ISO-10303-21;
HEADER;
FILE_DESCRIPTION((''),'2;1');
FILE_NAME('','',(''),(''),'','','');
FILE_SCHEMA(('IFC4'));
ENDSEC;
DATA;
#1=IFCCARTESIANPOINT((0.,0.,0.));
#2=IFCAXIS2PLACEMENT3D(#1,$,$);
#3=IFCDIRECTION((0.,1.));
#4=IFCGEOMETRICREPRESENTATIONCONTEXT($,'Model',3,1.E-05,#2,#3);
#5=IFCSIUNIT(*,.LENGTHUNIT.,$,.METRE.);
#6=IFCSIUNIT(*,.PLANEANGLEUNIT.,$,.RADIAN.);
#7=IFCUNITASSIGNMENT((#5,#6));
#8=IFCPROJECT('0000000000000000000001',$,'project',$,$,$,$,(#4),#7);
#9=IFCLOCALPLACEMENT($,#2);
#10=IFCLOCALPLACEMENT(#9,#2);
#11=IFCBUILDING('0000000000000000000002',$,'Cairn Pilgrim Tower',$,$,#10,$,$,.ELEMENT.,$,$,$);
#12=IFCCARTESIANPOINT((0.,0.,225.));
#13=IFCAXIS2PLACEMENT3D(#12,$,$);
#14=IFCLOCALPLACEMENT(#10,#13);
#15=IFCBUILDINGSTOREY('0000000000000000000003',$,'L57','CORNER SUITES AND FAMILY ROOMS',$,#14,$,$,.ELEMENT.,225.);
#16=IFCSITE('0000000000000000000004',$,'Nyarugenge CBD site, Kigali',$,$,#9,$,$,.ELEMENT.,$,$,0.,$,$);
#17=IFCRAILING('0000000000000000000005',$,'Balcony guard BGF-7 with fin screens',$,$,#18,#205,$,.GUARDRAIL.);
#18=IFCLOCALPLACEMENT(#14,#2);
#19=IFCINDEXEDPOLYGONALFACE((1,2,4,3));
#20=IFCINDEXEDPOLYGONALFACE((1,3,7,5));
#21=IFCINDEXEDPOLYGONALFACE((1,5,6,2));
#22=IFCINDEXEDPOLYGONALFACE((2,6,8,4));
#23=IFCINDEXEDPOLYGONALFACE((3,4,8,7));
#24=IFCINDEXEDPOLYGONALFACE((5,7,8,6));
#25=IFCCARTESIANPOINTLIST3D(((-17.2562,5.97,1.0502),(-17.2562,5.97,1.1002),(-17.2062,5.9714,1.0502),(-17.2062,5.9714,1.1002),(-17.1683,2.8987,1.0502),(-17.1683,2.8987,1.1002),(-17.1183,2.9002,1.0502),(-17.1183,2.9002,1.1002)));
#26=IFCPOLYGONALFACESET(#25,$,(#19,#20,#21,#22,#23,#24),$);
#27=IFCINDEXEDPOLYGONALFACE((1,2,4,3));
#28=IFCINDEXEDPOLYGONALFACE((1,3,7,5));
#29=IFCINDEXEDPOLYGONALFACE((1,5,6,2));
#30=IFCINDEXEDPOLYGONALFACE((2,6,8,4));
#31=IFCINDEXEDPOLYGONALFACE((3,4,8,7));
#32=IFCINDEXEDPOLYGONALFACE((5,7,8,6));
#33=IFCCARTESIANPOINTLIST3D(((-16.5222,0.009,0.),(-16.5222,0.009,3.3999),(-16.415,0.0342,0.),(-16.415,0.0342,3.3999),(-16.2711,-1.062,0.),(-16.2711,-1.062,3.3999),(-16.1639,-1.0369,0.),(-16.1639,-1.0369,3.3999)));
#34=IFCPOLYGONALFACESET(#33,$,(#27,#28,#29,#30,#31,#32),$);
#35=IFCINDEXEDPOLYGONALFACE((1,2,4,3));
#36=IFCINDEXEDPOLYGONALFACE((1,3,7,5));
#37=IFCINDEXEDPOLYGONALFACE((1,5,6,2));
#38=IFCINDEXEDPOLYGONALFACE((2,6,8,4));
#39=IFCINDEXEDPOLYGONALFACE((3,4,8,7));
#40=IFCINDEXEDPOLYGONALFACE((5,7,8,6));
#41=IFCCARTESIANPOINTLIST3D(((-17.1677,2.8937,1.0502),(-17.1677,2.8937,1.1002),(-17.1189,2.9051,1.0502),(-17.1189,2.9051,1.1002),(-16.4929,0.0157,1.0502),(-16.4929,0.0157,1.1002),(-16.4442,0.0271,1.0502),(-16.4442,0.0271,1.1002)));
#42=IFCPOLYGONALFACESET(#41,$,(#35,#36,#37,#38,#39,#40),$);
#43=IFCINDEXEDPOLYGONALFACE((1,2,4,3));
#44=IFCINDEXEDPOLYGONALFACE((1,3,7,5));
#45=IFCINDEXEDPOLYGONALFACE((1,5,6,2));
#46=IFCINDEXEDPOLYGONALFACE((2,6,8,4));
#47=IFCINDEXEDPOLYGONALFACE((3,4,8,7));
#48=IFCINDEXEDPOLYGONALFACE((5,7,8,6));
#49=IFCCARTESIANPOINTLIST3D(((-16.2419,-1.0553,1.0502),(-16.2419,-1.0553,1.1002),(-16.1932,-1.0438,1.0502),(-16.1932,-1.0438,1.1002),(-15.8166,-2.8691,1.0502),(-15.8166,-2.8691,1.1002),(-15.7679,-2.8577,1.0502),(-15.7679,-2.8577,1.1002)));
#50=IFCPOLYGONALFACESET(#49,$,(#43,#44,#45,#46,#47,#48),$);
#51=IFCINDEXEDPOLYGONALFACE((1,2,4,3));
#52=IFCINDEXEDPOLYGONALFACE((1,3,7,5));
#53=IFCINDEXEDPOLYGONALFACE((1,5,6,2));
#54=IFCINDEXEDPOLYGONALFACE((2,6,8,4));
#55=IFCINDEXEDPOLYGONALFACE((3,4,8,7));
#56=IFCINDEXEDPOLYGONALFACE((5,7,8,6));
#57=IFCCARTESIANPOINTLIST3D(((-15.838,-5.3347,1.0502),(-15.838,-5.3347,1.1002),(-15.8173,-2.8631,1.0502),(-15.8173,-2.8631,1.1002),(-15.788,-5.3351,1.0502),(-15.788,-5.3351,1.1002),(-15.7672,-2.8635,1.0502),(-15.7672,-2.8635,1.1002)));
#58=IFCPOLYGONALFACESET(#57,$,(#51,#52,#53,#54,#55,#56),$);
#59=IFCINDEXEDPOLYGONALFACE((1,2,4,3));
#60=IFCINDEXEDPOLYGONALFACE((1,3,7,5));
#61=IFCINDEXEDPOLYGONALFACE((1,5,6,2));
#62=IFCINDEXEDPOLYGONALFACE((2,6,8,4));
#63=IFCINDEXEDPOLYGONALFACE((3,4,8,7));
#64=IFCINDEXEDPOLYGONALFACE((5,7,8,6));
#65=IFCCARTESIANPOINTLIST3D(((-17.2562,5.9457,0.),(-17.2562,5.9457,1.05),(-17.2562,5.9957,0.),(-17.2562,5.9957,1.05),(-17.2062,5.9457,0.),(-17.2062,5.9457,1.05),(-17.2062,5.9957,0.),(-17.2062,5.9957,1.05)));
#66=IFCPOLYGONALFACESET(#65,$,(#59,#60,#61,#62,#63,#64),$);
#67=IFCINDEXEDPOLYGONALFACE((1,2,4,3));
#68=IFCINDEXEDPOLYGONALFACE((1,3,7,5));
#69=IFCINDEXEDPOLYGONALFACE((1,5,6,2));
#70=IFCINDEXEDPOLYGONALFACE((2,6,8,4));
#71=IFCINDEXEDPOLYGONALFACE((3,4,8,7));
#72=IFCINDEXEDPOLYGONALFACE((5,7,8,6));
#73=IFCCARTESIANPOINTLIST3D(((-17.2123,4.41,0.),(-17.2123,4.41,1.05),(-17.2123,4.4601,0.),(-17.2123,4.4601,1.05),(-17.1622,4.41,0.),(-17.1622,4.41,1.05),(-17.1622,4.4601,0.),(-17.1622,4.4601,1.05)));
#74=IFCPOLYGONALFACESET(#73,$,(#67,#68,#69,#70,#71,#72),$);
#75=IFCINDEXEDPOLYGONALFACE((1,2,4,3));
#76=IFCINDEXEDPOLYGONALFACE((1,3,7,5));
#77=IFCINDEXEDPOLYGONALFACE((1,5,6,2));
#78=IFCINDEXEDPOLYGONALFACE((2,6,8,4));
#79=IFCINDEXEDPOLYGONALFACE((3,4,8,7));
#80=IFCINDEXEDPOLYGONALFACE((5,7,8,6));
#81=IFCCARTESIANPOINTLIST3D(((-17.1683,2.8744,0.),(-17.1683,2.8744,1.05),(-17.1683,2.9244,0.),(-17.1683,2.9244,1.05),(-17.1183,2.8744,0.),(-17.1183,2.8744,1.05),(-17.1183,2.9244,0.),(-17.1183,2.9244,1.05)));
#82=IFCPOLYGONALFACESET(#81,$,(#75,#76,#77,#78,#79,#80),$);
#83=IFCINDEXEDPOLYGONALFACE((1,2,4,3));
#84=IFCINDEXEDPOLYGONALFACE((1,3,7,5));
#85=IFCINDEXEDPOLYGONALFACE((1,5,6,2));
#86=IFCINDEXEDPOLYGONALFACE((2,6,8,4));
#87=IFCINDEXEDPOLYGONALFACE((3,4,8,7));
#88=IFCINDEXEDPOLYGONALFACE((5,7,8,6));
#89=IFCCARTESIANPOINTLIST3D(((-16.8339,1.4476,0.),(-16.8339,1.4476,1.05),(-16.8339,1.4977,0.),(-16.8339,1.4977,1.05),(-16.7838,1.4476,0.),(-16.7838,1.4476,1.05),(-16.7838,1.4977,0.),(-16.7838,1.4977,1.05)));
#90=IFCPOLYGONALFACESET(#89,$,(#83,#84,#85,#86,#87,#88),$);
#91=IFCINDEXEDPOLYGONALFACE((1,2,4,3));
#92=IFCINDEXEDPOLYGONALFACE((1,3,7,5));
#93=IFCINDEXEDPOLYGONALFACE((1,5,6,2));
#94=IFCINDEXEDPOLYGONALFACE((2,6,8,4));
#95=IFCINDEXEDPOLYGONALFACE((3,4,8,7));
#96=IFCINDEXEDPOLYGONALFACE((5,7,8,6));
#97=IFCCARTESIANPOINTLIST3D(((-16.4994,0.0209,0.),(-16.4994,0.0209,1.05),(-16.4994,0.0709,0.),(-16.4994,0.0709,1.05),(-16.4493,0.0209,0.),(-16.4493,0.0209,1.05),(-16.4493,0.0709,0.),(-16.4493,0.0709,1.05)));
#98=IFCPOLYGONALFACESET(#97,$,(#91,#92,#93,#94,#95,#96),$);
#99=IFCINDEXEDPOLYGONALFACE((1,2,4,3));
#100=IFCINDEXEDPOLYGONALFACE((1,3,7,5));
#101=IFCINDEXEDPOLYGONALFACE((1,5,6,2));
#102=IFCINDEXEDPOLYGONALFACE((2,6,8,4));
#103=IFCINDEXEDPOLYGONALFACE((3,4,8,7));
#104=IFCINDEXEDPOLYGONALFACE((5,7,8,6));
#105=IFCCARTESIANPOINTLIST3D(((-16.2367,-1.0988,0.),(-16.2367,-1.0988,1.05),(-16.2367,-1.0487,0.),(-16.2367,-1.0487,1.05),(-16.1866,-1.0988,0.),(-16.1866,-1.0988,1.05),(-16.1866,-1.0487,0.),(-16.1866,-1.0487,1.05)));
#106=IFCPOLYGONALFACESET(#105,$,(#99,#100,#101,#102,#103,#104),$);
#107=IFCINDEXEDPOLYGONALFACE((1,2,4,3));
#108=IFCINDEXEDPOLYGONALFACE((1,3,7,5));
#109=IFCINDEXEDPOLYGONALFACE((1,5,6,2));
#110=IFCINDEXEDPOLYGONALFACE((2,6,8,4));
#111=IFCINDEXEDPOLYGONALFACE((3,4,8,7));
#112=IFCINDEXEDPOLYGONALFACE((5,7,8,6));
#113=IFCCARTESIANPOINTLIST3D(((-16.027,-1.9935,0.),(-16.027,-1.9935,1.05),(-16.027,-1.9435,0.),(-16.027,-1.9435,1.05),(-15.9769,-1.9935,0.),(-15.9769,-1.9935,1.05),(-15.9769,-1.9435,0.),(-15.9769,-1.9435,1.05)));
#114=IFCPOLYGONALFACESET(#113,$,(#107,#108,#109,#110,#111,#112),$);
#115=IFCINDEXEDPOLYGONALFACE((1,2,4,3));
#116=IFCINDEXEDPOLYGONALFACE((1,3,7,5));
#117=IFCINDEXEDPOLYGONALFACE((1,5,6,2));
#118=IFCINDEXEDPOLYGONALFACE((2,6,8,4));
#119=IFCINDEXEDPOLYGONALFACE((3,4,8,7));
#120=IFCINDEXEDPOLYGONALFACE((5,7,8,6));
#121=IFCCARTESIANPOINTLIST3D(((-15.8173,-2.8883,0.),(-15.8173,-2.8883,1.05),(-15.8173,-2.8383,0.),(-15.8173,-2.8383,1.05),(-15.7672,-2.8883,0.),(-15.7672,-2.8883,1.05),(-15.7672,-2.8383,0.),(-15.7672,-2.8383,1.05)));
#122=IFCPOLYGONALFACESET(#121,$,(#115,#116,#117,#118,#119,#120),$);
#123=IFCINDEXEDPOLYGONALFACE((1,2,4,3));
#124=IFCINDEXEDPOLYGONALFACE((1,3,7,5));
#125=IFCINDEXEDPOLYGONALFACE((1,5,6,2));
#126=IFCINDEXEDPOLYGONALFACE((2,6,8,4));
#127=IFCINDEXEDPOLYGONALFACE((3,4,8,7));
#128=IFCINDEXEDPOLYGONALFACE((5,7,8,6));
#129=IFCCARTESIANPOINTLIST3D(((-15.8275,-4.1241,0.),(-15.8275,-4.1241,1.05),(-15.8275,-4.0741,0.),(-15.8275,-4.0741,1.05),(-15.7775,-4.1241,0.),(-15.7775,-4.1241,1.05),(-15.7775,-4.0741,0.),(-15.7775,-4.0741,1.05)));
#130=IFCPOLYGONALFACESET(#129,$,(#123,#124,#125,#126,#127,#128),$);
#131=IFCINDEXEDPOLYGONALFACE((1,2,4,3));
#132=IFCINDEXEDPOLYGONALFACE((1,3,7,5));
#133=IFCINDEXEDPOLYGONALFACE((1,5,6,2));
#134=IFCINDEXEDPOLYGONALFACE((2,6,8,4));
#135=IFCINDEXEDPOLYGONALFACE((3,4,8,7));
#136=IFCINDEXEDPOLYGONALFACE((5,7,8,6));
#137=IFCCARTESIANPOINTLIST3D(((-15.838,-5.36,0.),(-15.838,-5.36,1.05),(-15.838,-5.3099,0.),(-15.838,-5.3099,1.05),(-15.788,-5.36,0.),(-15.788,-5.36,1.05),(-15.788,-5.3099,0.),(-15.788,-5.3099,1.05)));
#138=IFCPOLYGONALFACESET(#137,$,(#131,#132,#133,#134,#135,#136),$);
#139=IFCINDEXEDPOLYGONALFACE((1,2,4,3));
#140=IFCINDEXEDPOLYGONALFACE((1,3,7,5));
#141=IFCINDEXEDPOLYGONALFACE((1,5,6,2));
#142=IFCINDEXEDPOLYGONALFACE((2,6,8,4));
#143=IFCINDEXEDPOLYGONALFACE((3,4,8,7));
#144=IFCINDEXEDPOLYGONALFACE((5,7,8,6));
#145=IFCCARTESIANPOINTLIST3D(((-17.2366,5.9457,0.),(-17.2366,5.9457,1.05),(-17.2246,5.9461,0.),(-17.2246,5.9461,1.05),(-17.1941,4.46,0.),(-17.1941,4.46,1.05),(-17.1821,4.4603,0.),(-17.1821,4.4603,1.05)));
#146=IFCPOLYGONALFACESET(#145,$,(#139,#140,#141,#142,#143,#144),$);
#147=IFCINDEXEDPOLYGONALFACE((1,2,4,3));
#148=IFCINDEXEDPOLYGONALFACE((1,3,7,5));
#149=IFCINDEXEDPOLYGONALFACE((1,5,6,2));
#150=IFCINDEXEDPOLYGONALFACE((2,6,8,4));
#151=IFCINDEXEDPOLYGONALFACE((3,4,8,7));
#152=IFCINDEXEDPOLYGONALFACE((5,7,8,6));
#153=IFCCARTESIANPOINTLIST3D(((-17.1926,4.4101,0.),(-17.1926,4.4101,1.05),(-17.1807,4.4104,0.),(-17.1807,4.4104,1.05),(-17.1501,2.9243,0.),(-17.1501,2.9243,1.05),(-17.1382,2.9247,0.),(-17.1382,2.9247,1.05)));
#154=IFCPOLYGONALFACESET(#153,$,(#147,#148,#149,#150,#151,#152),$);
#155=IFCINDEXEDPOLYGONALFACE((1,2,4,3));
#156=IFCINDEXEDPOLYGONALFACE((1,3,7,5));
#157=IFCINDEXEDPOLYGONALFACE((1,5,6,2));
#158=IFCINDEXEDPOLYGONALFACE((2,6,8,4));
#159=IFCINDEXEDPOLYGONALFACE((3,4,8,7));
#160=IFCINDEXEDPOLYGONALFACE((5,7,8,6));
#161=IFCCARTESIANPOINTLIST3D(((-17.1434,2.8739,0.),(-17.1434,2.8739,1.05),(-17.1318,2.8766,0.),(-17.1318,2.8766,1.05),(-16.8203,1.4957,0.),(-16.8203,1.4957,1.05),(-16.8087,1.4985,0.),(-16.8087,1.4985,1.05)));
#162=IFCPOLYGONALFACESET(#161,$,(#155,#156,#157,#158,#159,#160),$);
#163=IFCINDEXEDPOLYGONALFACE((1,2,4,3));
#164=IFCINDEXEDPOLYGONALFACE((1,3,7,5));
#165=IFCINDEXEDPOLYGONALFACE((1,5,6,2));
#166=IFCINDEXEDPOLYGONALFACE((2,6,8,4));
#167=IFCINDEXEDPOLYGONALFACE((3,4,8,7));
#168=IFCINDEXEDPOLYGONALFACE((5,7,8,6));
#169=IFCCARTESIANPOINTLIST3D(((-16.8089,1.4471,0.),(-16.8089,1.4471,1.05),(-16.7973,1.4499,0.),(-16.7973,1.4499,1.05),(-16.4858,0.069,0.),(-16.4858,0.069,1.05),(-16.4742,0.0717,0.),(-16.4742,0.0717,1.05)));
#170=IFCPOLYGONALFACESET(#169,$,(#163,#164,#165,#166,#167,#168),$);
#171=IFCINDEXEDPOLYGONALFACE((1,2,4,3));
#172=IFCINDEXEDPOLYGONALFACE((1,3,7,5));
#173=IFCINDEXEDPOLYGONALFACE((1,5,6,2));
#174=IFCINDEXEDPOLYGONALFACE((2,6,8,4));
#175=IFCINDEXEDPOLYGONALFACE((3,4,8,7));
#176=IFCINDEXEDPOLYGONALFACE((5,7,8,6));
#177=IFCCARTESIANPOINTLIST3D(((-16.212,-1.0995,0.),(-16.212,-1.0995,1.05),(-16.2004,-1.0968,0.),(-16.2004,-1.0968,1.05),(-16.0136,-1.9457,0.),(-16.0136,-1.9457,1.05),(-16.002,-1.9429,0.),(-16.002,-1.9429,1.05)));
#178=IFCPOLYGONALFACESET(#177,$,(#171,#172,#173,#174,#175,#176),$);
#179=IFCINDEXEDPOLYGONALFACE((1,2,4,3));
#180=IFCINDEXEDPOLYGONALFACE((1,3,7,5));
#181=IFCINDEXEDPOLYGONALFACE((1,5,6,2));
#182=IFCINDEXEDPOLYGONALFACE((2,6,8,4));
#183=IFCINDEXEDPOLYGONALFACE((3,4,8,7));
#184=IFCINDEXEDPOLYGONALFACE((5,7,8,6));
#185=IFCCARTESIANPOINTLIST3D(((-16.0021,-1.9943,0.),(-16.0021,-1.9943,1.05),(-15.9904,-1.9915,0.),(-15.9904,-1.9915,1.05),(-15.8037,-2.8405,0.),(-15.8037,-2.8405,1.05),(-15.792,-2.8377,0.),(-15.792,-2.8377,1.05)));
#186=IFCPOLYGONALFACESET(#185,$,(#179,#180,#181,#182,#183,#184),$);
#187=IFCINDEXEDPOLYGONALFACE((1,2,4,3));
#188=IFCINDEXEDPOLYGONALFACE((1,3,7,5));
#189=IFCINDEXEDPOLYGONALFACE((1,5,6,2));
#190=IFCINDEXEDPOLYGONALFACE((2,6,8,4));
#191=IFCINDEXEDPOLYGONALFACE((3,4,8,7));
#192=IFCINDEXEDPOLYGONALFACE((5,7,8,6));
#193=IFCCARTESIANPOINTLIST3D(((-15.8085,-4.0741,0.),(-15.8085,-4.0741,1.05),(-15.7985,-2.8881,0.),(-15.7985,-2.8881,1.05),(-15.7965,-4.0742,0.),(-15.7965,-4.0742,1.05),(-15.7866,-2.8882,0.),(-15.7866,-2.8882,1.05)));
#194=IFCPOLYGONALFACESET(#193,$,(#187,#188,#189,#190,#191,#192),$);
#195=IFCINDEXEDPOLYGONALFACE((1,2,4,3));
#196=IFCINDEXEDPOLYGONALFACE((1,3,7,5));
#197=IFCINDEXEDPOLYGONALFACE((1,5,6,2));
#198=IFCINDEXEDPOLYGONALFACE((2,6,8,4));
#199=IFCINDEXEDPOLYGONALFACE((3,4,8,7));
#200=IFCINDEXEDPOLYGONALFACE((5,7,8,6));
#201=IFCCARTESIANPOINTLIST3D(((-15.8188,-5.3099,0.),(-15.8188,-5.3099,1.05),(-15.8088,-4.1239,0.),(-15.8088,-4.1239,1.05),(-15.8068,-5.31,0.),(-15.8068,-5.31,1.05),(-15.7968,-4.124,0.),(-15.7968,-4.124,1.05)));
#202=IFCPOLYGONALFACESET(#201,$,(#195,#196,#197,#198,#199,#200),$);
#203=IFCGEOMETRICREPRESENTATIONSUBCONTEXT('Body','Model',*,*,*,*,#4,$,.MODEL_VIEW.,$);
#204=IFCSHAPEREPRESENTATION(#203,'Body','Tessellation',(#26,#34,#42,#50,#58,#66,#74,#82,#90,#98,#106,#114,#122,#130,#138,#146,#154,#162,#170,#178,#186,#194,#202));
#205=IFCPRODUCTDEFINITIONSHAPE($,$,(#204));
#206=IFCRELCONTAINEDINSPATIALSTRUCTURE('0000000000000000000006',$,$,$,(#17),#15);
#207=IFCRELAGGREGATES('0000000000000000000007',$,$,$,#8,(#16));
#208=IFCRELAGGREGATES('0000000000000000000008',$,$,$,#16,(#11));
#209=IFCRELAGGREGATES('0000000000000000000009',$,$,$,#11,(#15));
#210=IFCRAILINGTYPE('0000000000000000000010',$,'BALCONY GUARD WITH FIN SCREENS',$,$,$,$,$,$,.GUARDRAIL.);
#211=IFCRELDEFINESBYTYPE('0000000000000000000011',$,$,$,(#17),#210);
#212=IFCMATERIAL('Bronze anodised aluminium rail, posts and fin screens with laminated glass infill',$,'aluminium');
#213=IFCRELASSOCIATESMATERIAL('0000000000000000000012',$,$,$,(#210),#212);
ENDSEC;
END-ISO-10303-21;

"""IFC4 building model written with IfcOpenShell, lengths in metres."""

from ifc_helpers import new_model, si_unit, direction, frame, origin, origin_2d, place, context, subcontext, project, spatial, polyline, rectangle, outline, extrude, material, type_object, element, save


model = new_model("IFC4")

# Units and contexts
model_context = context("Model", 3, precision=1e-05, world=origin(), true_north=direction((0.0, 1.0)))
body_context = subcontext(model_context, "Body", "Model", "MODEL_VIEW")
ifc_project = project(units=[si_unit("LENGTHUNIT", "METRE"), si_unit("PLANEANGLEUNIT", "RADIAN")], contexts=[model_context])

# Site, building, storey
site_placement = place(None, origin())
site = spatial("IfcSite", under=ifc_project, at=site_placement, Name="Nyarugenge CBD site, Kigali", CompositionType="ELEMENT", RefElevation=0.0)
building_placement = place(site_placement, origin())
building = spatial("IfcBuilding", under=site, at=building_placement, Name="Cairn Pilgrim Tower", CompositionType="ELEMENT")
storey_placement = place(building_placement, frame((0.0, 0.0, 225.0)))
storey = spatial("IfcBuildingStorey", under=building, at=storey_placement, Name="L57", Description="CORNER SUITES AND FAMILY ROOMS", CompositionType="ELEMENT", Elevation=225.0)

# Railing
ifc_material_1 = material(Name="Bronze anodised aluminium rail, posts and fin screens with laminated glass infill", Category="aluminium")
railing_type = type_object("IfcRailingType", Name="BALCONY GUARD WITH FIN SCREENS", PredefinedType="GUARDRAIL", material=ifc_material_1)
railing_placement = place(storey_placement, frame((-17.2312, 5.9707, 0.0)))
element("IfcRailing", 1, at=railing_placement, inside=storey, type_object=railing_type, Name="Balcony guard BGF-7 with fin screens", PredefinedType="GUARDRAIL", context=body_context, shape_type="SweptSolid", body=[
    extrude(rectangle(XDim=0.05, YDim=0.05, at=origin_2d()), frame((0.0, 0.0, 1.0752), z_axis=(0.028605, -0.999591, 0.0), x_axis=(0.999591, 0.028605, 0.0)), (0.0, 0.0, 1.0), 3.0725),
    extrude(rectangle(XDim=1.1001, YDim=0.1101, at=origin_2d()), frame((0.8882, -6.4846, 0.0), z_axis=(0.0, 0.0, 1.0), x_axis=(0.228262, -0.9736, 0.0)), (0.0, 0.0, 1.0), 3.3999),
    extrude(rectangle(XDim=0.05, YDim=0.05, at=origin_2d()), frame((0.0879, -3.0713, 1.0752), z_axis=(0.228262, -0.9736, 0.0), x_axis=(0.9736, 0.228262, 0.0)), (0.0, 0.0, 1.0), 2.9561),
    extrude(rectangle(XDim=0.05, YDim=0.05, at=origin_2d()), frame((1.0137, -7.0203, 1.0752), z_axis=(0.228262, -0.9736, 0.0), x_axis=(0.9736, 0.228262, 0.0)), (0.0, 0.0, 1.0), 1.863),
    extrude(rectangle(XDim=0.05, YDim=0.05, at=origin_2d()), frame((1.439, -8.834, 1.0752), z_axis=(-0.008396, -0.999965, 0.0), x_axis=(0.999965, -0.008396, 0.0)), (0.0, 0.0, 1.0), 2.4717),
    extrude(rectangle(XDim=0.05, YDim=0.05, at=origin_2d()), origin(), (0.0, 0.0, 1.0), 1.05),
    extrude(rectangle(XDim=0.05, YDim=0.05, at=origin_2d()), frame((0.0439, -1.5356, 0.0)), (0.0, 0.0, 1.0), 1.05),
    extrude(rectangle(XDim=0.05, YDim=0.05, at=origin_2d()), frame((0.0879, -3.0713, 0.0)), (0.0, 0.0, 1.0), 1.05),
    extrude(rectangle(XDim=0.05, YDim=0.05, at=origin_2d()), frame((0.4224, -4.498, 0.0)), (0.0, 0.0, 1.0), 1.05),
    extrude(rectangle(XDim=0.05, YDim=0.05, at=origin_2d()), frame((0.7568, -5.9248, 0.0)), (0.0, 0.0, 1.0), 1.05),
    extrude(rectangle(XDim=0.05, YDim=0.05, at=origin_2d()), frame((1.0195, -7.0444, 0.0)), (0.0, 0.0, 1.0), 1.05),
    extrude(rectangle(XDim=0.05, YDim=0.05, at=origin_2d()), frame((1.2292, -7.9392, 0.0)), (0.0, 0.0, 1.0), 1.05),
    extrude(rectangle(XDim=0.05, YDim=0.05, at=origin_2d()), frame((1.439, -8.834, 0.0)), (0.0, 0.0, 1.0), 1.05),
    extrude(rectangle(XDim=0.05, YDim=0.05, at=origin_2d()), frame((1.4287, -10.0698, 0.0)), (0.0, 0.0, 1.0), 1.05),
    extrude(rectangle(XDim=0.05, YDim=0.05, at=origin_2d()), frame((1.4182, -11.3057, 0.0)), (0.0, 0.0, 1.0), 1.05),
    extrude(outline(polyline([(0.0249, 0.0), (1.5112, 0.0), (1.5112, 1.05), (0.0249, 1.05), (0.0249, 0.0)])), frame((0.0059, 0.0002, 0.0), z_axis=(-0.999591, -0.028605, 0.0), x_axis=(0.028605, -0.999591, 0.0)), (0.0, 0.0, 1.0), 0.012),
    extrude(outline(polyline([(0.0249, 0.0), (1.5112, 0.0), (1.5112, 1.05), (0.0249, 1.05), (0.0249, 0.0)])), frame((0.0498, -1.5354, 0.0), z_axis=(-0.999591, -0.028605, 0.0), x_axis=(0.028605, -0.999591, 0.0)), (0.0, 0.0, 1.0), 0.012),
    extrude(outline(polyline([(0.0249, 0.0), (1.4404, 0.0), (1.4404, 1.05), (0.0249, 1.05), (0.0249, 0.0)])), frame((0.0938, -3.0698, 0.0), z_axis=(-0.9736, -0.228262, 0.0), x_axis=(0.228262, -0.9736, 0.0)), (0.0, 0.0, 1.0), 0.012),
    extrude(outline(polyline([(0.0249, 0.0), (1.4404, 0.0), (1.4404, 1.05), (0.0249, 1.05), (0.0249, 0.0)])), frame((0.4282, -4.4966, 0.0), z_axis=(-0.9736, -0.228262, 0.0), x_axis=(0.228262, -0.9736, 0.0)), (0.0, 0.0, 1.0), 0.012),
    extrude(outline(polyline([(0.0249, 0.0), (0.894, 0.0), (0.894, 1.05), (0.0249, 1.05), (0.0249, 0.0)])), frame((1.0251, -7.0432, 0.0), z_axis=(-0.9736, -0.228262, 0.0), x_axis=(0.228262, -0.9736, 0.0)), (0.0, 0.0, 1.0), 0.012),
    extrude(outline(polyline([(0.0249, 0.0), (0.894, 0.0), (0.894, 1.05), (0.0249, 1.05), (0.0249, 0.0)])), frame((1.2351, -7.938, 0.0), z_axis=(-0.9736, -0.228262, 0.0), x_axis=(0.228262, -0.9736, 0.0)), (0.0, 0.0, 1.0), 0.012),
    extrude(outline(polyline([(0.0249, 0.0), (1.2109, 0.0), (1.2109, 1.05), (0.0249, 1.05), (0.0249, 0.0)])), frame((1.4448, -8.834, 0.0), z_axis=(-0.999965, 0.008396, 0.0), x_axis=(-0.008396, -0.999965, 0.0)), (0.0, 0.0, 1.0), 0.012),
    extrude(outline(polyline([(0.0249, 0.0), (1.2109, 0.0), (1.2109, 1.05), (0.0249, 1.05), (0.0249, 0.0)])), frame((1.4346, -10.0698, 0.0), z_axis=(-0.999965, 0.008396, 0.0), x_axis=(-0.008396, -0.999965, 0.0)), (0.0, 0.0, 1.0), 0.012),
])

save(model, "model.ifc")
